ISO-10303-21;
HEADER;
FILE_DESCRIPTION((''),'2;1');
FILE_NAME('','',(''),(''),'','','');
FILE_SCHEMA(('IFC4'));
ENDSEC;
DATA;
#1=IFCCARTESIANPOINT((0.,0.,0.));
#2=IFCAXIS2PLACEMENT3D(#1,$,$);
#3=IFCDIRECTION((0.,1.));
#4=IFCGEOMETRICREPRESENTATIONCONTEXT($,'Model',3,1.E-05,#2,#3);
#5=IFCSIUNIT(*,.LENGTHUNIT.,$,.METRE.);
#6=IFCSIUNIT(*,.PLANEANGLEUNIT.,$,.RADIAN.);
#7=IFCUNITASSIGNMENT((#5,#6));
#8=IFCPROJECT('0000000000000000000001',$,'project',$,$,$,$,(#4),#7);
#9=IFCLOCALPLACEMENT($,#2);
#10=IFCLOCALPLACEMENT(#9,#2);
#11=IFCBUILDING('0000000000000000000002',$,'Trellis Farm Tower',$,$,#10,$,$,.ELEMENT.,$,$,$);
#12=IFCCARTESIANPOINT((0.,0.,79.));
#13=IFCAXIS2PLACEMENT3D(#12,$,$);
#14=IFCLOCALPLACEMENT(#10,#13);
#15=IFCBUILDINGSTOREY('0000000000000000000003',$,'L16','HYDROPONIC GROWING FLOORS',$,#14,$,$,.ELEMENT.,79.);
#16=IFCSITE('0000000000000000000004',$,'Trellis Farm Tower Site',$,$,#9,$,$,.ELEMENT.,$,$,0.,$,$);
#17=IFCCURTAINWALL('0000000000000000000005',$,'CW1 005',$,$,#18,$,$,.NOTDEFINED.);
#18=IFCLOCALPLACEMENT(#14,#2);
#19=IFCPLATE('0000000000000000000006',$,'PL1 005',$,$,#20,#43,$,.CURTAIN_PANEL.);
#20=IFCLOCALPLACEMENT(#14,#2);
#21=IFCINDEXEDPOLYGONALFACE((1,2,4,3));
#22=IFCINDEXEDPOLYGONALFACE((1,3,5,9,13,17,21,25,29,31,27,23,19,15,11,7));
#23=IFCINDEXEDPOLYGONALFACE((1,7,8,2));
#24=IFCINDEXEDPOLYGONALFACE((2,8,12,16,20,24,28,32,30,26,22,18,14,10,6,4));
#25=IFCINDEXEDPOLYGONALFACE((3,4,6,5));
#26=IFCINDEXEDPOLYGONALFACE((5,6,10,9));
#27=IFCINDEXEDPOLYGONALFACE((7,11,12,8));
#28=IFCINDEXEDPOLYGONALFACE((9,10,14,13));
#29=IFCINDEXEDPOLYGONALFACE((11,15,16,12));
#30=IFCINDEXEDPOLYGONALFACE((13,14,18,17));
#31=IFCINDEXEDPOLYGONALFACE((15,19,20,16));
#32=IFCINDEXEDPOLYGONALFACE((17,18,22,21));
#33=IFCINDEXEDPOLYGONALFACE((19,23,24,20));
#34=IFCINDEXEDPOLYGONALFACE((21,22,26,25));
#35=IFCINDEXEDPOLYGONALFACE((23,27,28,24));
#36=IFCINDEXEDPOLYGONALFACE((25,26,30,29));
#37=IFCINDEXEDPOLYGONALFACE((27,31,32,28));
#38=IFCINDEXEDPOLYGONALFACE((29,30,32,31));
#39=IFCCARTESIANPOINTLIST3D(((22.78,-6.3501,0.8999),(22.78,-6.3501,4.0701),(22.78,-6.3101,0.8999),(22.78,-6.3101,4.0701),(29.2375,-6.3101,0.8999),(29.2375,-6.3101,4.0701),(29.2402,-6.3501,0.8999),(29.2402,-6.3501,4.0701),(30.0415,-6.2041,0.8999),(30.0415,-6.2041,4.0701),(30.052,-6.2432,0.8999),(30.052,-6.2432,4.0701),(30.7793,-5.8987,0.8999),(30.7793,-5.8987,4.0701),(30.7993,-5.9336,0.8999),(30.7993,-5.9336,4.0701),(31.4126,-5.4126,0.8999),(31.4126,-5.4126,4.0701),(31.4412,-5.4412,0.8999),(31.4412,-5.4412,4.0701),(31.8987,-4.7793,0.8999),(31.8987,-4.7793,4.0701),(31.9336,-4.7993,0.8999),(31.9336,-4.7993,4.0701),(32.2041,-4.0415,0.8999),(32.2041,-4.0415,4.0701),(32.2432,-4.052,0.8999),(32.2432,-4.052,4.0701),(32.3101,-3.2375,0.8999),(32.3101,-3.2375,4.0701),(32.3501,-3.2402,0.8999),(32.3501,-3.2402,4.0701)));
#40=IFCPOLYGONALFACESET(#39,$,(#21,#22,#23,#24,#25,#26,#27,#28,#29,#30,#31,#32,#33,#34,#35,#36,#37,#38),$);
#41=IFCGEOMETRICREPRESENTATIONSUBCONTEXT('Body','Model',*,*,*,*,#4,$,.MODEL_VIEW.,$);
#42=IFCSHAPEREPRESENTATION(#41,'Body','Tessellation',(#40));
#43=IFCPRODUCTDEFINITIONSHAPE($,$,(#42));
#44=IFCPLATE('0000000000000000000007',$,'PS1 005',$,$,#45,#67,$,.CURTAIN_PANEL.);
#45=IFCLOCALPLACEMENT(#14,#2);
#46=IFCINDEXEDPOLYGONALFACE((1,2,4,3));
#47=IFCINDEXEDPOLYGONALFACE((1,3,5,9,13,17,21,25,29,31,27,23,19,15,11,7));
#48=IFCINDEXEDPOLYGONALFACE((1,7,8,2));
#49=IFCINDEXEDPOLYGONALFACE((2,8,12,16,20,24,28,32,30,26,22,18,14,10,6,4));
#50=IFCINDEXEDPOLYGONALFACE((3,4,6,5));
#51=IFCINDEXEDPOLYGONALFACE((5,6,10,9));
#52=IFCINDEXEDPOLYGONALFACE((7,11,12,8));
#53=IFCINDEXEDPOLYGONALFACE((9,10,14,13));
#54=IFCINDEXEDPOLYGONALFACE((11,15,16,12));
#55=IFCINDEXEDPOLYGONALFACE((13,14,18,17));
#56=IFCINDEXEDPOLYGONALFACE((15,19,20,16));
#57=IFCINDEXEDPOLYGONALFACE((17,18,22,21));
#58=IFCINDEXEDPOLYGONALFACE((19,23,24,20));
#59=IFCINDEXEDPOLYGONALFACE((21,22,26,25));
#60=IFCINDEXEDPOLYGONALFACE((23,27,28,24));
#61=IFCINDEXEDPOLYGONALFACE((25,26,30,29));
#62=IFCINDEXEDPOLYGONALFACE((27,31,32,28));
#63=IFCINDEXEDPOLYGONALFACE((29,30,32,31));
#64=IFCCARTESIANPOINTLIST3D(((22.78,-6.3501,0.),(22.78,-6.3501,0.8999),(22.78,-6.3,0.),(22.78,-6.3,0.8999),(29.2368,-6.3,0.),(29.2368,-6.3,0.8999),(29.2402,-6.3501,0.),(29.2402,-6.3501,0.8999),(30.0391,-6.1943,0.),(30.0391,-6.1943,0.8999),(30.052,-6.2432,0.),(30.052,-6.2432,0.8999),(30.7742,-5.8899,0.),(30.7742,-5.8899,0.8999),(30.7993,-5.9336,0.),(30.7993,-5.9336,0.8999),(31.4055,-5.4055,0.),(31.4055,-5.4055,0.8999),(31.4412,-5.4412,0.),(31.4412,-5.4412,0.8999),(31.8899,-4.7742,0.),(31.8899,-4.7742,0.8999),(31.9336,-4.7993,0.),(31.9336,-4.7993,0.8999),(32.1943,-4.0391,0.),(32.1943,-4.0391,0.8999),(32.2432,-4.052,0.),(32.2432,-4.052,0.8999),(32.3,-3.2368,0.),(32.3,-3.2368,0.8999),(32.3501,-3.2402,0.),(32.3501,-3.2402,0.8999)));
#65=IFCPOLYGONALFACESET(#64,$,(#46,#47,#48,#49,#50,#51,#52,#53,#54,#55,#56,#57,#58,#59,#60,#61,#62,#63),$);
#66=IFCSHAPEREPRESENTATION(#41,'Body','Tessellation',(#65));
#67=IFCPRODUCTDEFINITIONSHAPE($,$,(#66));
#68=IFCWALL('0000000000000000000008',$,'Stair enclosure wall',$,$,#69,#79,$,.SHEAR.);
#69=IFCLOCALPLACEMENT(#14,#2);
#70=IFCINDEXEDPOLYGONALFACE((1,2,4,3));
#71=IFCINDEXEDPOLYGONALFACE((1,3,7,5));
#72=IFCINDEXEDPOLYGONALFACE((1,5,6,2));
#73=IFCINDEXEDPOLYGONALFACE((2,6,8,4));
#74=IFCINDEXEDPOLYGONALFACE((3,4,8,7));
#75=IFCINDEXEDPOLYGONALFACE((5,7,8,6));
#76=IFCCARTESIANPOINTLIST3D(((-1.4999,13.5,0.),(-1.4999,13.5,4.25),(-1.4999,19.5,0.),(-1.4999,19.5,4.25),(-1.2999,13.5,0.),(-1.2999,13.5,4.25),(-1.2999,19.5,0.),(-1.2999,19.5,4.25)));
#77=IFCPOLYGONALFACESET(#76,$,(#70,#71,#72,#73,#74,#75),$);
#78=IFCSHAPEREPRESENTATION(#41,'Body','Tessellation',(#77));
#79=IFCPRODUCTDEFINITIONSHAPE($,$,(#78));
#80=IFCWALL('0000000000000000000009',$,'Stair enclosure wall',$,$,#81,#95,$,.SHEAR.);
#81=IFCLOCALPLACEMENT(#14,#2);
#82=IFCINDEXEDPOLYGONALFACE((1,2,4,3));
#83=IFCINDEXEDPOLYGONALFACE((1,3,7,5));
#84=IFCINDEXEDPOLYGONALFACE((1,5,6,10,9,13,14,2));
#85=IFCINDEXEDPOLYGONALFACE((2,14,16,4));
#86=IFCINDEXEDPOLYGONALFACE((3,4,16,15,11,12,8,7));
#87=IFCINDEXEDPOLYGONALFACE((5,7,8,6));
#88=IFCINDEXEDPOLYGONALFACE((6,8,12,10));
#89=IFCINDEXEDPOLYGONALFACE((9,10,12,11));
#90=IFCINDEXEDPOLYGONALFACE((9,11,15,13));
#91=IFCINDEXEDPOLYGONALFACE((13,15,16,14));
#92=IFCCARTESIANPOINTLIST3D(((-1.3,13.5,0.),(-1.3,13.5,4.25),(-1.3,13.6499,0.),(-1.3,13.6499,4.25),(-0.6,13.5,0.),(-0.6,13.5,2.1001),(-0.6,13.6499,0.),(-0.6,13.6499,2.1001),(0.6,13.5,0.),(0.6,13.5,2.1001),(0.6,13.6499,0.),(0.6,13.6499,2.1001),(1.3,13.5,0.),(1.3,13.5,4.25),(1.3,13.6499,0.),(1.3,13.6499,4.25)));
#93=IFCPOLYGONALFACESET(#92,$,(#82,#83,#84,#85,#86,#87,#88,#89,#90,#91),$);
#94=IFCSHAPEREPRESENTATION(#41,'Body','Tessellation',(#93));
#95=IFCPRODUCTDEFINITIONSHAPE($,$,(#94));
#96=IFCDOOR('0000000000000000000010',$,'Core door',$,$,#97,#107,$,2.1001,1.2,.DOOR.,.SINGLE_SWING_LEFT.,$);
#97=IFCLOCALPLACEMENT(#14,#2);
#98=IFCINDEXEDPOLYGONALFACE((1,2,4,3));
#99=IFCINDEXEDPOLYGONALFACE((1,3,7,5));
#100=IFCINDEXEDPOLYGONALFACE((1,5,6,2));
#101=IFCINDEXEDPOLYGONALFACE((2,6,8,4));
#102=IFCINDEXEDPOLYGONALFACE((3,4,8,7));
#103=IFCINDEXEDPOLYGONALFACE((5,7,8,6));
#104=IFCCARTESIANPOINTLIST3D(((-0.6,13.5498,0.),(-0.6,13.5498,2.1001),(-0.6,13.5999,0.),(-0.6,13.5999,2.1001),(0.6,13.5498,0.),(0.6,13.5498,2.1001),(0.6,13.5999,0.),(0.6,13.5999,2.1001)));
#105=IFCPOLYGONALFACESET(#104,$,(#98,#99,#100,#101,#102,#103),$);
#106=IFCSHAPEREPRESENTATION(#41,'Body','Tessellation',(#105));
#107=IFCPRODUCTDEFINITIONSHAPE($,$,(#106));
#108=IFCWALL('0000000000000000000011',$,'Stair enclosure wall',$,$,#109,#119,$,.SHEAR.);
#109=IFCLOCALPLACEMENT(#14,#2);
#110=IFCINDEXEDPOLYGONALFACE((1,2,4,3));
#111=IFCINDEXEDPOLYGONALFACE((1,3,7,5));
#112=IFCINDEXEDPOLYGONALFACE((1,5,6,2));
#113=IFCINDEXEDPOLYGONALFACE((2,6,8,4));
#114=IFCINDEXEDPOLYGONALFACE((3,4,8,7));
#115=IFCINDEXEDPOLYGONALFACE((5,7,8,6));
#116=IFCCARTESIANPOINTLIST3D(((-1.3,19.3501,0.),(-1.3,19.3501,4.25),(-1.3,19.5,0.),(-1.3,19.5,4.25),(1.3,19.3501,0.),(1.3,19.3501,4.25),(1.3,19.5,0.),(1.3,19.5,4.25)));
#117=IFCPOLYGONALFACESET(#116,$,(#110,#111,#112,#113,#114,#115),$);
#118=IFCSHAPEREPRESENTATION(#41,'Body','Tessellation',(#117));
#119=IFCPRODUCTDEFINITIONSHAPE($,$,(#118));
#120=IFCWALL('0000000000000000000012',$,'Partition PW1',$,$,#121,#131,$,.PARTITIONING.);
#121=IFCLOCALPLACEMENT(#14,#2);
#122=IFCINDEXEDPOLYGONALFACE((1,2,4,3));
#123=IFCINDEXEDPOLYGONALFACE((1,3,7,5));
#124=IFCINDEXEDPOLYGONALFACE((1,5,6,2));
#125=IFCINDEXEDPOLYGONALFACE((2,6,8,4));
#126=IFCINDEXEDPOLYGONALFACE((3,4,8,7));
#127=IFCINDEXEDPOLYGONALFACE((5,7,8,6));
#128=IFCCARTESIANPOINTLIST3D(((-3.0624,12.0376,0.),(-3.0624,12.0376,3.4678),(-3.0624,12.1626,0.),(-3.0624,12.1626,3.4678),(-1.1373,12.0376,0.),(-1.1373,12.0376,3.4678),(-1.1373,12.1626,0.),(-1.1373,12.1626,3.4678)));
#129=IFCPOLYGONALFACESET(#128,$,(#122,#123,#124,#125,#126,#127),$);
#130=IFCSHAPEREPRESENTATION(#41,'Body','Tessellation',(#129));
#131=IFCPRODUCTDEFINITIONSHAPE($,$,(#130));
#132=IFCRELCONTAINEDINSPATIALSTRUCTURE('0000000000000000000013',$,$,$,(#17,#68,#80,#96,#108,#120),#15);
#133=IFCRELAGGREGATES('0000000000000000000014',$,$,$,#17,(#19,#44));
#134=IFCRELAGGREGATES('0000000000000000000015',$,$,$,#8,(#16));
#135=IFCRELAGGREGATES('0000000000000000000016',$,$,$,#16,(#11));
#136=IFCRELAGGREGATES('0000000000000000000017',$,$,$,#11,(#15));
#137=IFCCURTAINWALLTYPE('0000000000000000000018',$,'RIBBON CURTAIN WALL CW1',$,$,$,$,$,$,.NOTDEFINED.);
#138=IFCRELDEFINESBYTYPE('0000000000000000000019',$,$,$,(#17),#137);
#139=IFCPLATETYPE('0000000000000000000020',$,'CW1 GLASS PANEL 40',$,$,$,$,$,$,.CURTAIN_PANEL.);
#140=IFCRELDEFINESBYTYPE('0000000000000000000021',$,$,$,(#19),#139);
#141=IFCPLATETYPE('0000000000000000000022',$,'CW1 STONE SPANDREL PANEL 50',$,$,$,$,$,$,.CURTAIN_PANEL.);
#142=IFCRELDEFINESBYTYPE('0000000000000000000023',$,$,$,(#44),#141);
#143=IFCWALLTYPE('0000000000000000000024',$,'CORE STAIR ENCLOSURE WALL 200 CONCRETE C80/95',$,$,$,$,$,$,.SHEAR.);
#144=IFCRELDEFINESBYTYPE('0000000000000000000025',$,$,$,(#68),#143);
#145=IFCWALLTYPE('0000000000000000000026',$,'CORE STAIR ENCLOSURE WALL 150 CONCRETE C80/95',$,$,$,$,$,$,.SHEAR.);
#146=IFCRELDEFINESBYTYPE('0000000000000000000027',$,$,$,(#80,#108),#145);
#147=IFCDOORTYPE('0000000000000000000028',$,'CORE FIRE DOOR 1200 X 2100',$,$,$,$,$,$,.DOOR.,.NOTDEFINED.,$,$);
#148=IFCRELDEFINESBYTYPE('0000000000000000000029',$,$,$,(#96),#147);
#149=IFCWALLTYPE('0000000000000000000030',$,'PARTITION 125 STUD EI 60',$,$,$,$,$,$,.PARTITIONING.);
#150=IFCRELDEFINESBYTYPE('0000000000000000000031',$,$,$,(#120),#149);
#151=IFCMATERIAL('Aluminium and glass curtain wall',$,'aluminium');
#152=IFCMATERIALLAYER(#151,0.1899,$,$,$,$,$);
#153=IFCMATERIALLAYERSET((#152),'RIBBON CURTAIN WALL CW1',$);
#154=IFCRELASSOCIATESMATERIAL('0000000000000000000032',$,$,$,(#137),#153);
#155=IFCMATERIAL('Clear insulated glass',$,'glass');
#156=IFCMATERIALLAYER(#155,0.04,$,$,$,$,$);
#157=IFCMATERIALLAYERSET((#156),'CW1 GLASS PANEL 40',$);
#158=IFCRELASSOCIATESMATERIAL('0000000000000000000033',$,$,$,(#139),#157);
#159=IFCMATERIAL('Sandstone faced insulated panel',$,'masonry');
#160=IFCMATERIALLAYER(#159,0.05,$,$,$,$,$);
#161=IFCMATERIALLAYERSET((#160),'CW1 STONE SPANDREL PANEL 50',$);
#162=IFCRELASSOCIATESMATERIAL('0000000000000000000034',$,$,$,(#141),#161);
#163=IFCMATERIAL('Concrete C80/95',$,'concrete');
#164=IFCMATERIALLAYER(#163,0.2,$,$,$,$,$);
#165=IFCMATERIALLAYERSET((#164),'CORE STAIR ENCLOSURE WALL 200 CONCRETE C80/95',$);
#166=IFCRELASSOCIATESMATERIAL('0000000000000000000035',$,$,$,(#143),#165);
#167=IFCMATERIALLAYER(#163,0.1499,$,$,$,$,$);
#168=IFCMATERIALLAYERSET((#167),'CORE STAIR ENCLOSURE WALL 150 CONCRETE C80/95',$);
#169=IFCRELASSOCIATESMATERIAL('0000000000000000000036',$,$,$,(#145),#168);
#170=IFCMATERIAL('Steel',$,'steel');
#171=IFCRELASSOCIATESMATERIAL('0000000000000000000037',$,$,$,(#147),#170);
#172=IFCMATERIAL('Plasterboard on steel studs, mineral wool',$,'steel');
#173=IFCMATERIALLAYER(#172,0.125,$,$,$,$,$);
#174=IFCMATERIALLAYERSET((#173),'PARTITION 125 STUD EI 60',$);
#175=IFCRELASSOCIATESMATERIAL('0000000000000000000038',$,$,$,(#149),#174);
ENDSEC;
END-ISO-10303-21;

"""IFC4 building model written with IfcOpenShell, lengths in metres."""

from ifc_helpers import new_model, si_unit, direction, frame, frame_2d, origin, place, context, subcontext, project, spatial, polyline, rectangle, outline, extrude, source, transform, mapped, material, layer, layer_set, type_object, element, fill, aggregate, save


model = new_model("IFC4")

# Units and contexts
model_context = context("Model", 3, precision=1e-05, world=origin(), true_north=direction((0.0, 1.0)))
body_context = subcontext(model_context, "Body", "Model", "MODEL_VIEW")
ifc_project = project(units=[si_unit("LENGTHUNIT", "METRE"), si_unit("PLANEANGLEUNIT", "RADIAN")], contexts=[model_context])

# Site, building, storey
site_placement = place(None, origin())
site = spatial("IfcSite", under=ifc_project, at=site_placement, Name="Trellis Farm Tower Site", CompositionType="ELEMENT", RefElevation=0.0)
building_placement = place(site_placement, origin())
building = spatial("IfcBuilding", under=site, at=building_placement, Name="Trellis Farm Tower", CompositionType="ELEMENT")
storey_placement = place(building_placement, frame((0.0, 0.0, 79.0)))
storey = spatial("IfcBuildingStorey", under=building, at=storey_placement, Name="L16", Description="HYDROPONIC GROWING FLOORS", CompositionType="ELEMENT", Elevation=79.0)

# Shared definitions
ifc_material_1 = material(Name="Concrete C80/95", Category="concrete")

# Curtain wall, plates
ifc_material_2 = material(Name="Aluminium and glass curtain wall", Category="aluminium")
ifc_layer_1 = layer(ifc_material_2, 0.1899)
ifc_layer_set_1 = layer_set([ifc_layer_1], Name="RIBBON CURTAIN WALL CW1")
curtain_wall_type = type_object("IfcCurtainWallType", Name="RIBBON CURTAIN WALL CW1", PredefinedType="NOTDEFINED", material=ifc_layer_set_1)
placement = place(storey_placement, origin())
curtain_wall = element("IfcCurtainWall", 1, at=placement, inside=storey, type_object=curtain_wall_type, Name="CW1 005", PredefinedType="NOTDEFINED")
ifc_material_3 = material(Name="Clear insulated glass", Category="glass")
ifc_layer_2 = layer(ifc_material_3, 0.04)
ifc_layer_set_2 = layer_set([ifc_layer_2], Name="CW1 GLASS PANEL 40")
plate_type_1 = type_object("IfcPlateType", Name="CW1 GLASS PANEL 40", PredefinedType="CURTAIN_PANEL", material=ifc_layer_set_2)
shared_shape_1 = source(origin(), body_context, "Body", "SweptSolid", [
    extrude(outline(polyline([(22.78, -6.3501), (29.2402, -6.3501), (30.052, -6.2432), (30.7993, -5.9336), (31.4412, -5.4412), (31.9336, -4.7993), (32.2432, -4.052), (32.3501, -3.2402), (32.3101, -3.2375), (32.2041, -4.0415), (31.8987, -4.7793), (31.4126, -5.4126), (30.7793, -5.8987), (30.0415, -6.2041), (29.2375, -6.3101), (22.78, -6.3101), (22.78, -6.3501)])), origin(), (0.0, 0.0, 1.0), 3.1702),
])
plate_1_placement = place(storey_placement, frame((0.0, 0.0, 0.8999)))
plate_1 = element("IfcPlate", 2, at=plate_1_placement, type_object=plate_type_1, Name="PL1 005", PredefinedType="CURTAIN_PANEL", context=body_context, shape_type="MappedRepresentation", body=[
    mapped(shared_shape_1, transform((0.0, 0.0, 0.0))),
])
ifc_material_4 = material(Name="Sandstone faced insulated panel", Category="masonry")
ifc_layer_3 = layer(ifc_material_4, 0.05)
ifc_layer_set_3 = layer_set([ifc_layer_3], Name="CW1 STONE SPANDREL PANEL 50")
plate_type_2 = type_object("IfcPlateType", Name="CW1 STONE SPANDREL PANEL 50", PredefinedType="CURTAIN_PANEL", material=ifc_layer_set_3)
shared_shape_2 = source(origin(), body_context, "Body", "SweptSolid", [
    extrude(outline(polyline([(22.78, -6.3501), (29.2402, -6.3501), (30.052, -6.2432), (30.7993, -5.9336), (31.4412, -5.4412), (31.9336, -4.7993), (32.2432, -4.052), (32.3501, -3.2402), (32.3, -3.2368), (32.1943, -4.0391), (31.8899, -4.7742), (31.4055, -5.4055), (30.7742, -5.8899), (30.0391, -6.1943), (29.2368, -6.3), (22.78, -6.3), (22.78, -6.3501)])), origin(), (0.0, 0.0, 1.0), 0.8999),
])
plate_2 = element("IfcPlate", 3, at=placement, type_object=plate_type_2, Name="PS1 005", PredefinedType="CURTAIN_PANEL", context=body_context, shape_type="MappedRepresentation", body=[
    mapped(shared_shape_2, transform((0.0, 0.0, 0.0))),
])
aggregate(curtain_wall, [plate_1, plate_2])

# Wall
ifc_layer_4 = layer(ifc_material_1, 0.2)
ifc_layer_set_4 = layer_set([ifc_layer_4], Name="CORE STAIR ENCLOSURE WALL 200 CONCRETE C80/95")
wall_type_1 = type_object("IfcWallType", Name="CORE STAIR ENCLOSURE WALL 200 CONCRETE C80/95", PredefinedType="SHEAR", material=ifc_layer_set_4)
shared_shape_3 = source(origin(), body_context, "Body", "SweptSolid", [
    extrude(rectangle(XDim=6.0, YDim=0.2, at=frame_2d((3.0, 0.0))), origin(), (0.0, 0.0, 1.0), 4.25),
])
wall_1_placement = place(storey_placement, frame((-1.3999, 13.5, 0.0), z_axis=(0.0, 0.0, 1.0), x_axis=(0.0, 1.0, 0.0)))
element("IfcWall", 4, at=wall_1_placement, inside=storey, type_object=wall_type_1, Name="Stair enclosure wall", PredefinedType="SHEAR", context=body_context, shape_type="MappedRepresentation", body=[
    mapped(shared_shape_3, transform((0.0, 0.0, 0.0))),
])

# Wall, opening, door
ifc_layer_5 = layer(ifc_material_1, 0.1499)
ifc_layer_set_5 = layer_set([ifc_layer_5], Name="CORE STAIR ENCLOSURE WALL 150 CONCRETE C80/95")
wall_type_2 = type_object("IfcWallType", Name="CORE STAIR ENCLOSURE WALL 150 CONCRETE C80/95", PredefinedType="SHEAR", material=ifc_layer_set_5)
shared_shape_4 = source(origin(), body_context, "Body", "SweptSolid", [
    extrude(rectangle(XDim=2.6001, YDim=0.1499, at=frame_2d((1.3, 0.0))), origin(), (0.0, 0.0, 1.0), 4.25),
])
wall_2_placement = place(storey_placement, frame((-1.3, 13.575, 0.0), z_axis=(0.0, 0.0, 1.0), x_axis=(1.0, 0.0, 0.0)))
wall_2 = element("IfcWall", 5, at=wall_2_placement, inside=storey, type_object=wall_type_2, Name="Stair enclosure wall", PredefinedType="SHEAR", context=body_context, shape_type="MappedRepresentation", body=[
    mapped(shared_shape_4, transform((0.0, 0.0, 0.0))),
])
shared_shape_5 = source(origin(), body_context, "Body", "SweptSolid", [
    extrude(rectangle(XDim=1.2, YDim=2.1001, at=frame_2d((0.6001, 1.05))), frame((0.0, 0.085, 0.0), z_axis=(0.0, -1.0, 0.0), x_axis=(1.0, 0.0, 0.0)), (0.0, 0.0, 1.0), 0.1699),
])
opening_1_placement = place(wall_2_placement, frame((0.7, 0.0, 0.0)))
opening_1 = element("IfcOpeningElement", 6, at=opening_1_placement, cuts=wall_2, PredefinedType="OPENING", context=body_context, shape_type="MappedRepresentation", body=[
    mapped(shared_shape_5, transform((0.0, 0.0, 0.0))),
])
ifc_material_5 = material(Name="Steel", Category="steel")
door_type_1 = type_object("IfcDoorType", Name="CORE FIRE DOOR 1200 X 2100", OperationType="NOTDEFINED", PredefinedType="DOOR", material=ifc_material_5)
shared_shape_6 = source(origin(), body_context, "Body", "SweptSolid", [
    extrude(rectangle(XDim=1.2, YDim=2.1001, at=frame_2d((0.6001, 1.05))), frame((0.0, 0.0249, 0.0), z_axis=(0.0, -1.0, 0.0), x_axis=(1.0, 0.0, 0.0)), (0.0, 0.0, 1.0), 0.05),
])
door_1_placement = place(opening_1_placement, origin())
door_1 = element("IfcDoor", 7, at=door_1_placement, inside=storey, type_object=door_type_1, Name="Core door", OperationType="SINGLE_SWING_LEFT", OverallHeight=2.1001, OverallWidth=1.2, PredefinedType="DOOR", context=body_context, shape_type="MappedRepresentation", body=[
    mapped(shared_shape_6, transform((0.0, 0.0, 0.0))),
])
fill(opening_1, door_1)

# Walls
wall_3_placement = place(storey_placement, frame((-1.3, 19.425, 0.0), z_axis=(0.0, 0.0, 1.0), x_axis=(1.0, 0.0, 0.0)))
element("IfcWall", 8, at=wall_3_placement, inside=storey, type_object=wall_type_2, Name="Stair enclosure wall", PredefinedType="SHEAR", context=body_context, shape_type="MappedRepresentation", body=[
    mapped(shared_shape_4, transform((0.0, 0.0, 0.0))),
])
ifc_material_6 = material(Name="Plasterboard on steel studs, mineral wool", Category="steel")
ifc_layer_6 = layer(ifc_material_6, 0.125)
ifc_layer_set_6 = layer_set([ifc_layer_6], Name="PARTITION 125 STUD EI 60")
wall_type_3 = type_object("IfcWallType", Name="PARTITION 125 STUD EI 60", PredefinedType="PARTITIONING", material=ifc_layer_set_6)
shared_shape_7 = source(origin(), body_context, "Body", "SweptSolid", [
    extrude(rectangle(XDim=1.925, YDim=0.125, at=frame_2d((0.9624, 0.0))), origin(), (0.0, 0.0, 1.0), 3.4678),
])
wall_4_placement = place(storey_placement, frame((-1.1375, 12.1001, 0.0), z_axis=(0.0, 0.0, 1.0), x_axis=(-1.0, 0.0, 0.0)))
element("IfcWall", 9, at=wall_4_placement, inside=storey, type_object=wall_type_3, Name="Partition PW1", PredefinedType="PARTITIONING", context=body_context, shape_type="MappedRepresentation", body=[
    mapped(shared_shape_7, transform((0.0, 0.0, 0.0))),
])

save(model, "model.ifc")
